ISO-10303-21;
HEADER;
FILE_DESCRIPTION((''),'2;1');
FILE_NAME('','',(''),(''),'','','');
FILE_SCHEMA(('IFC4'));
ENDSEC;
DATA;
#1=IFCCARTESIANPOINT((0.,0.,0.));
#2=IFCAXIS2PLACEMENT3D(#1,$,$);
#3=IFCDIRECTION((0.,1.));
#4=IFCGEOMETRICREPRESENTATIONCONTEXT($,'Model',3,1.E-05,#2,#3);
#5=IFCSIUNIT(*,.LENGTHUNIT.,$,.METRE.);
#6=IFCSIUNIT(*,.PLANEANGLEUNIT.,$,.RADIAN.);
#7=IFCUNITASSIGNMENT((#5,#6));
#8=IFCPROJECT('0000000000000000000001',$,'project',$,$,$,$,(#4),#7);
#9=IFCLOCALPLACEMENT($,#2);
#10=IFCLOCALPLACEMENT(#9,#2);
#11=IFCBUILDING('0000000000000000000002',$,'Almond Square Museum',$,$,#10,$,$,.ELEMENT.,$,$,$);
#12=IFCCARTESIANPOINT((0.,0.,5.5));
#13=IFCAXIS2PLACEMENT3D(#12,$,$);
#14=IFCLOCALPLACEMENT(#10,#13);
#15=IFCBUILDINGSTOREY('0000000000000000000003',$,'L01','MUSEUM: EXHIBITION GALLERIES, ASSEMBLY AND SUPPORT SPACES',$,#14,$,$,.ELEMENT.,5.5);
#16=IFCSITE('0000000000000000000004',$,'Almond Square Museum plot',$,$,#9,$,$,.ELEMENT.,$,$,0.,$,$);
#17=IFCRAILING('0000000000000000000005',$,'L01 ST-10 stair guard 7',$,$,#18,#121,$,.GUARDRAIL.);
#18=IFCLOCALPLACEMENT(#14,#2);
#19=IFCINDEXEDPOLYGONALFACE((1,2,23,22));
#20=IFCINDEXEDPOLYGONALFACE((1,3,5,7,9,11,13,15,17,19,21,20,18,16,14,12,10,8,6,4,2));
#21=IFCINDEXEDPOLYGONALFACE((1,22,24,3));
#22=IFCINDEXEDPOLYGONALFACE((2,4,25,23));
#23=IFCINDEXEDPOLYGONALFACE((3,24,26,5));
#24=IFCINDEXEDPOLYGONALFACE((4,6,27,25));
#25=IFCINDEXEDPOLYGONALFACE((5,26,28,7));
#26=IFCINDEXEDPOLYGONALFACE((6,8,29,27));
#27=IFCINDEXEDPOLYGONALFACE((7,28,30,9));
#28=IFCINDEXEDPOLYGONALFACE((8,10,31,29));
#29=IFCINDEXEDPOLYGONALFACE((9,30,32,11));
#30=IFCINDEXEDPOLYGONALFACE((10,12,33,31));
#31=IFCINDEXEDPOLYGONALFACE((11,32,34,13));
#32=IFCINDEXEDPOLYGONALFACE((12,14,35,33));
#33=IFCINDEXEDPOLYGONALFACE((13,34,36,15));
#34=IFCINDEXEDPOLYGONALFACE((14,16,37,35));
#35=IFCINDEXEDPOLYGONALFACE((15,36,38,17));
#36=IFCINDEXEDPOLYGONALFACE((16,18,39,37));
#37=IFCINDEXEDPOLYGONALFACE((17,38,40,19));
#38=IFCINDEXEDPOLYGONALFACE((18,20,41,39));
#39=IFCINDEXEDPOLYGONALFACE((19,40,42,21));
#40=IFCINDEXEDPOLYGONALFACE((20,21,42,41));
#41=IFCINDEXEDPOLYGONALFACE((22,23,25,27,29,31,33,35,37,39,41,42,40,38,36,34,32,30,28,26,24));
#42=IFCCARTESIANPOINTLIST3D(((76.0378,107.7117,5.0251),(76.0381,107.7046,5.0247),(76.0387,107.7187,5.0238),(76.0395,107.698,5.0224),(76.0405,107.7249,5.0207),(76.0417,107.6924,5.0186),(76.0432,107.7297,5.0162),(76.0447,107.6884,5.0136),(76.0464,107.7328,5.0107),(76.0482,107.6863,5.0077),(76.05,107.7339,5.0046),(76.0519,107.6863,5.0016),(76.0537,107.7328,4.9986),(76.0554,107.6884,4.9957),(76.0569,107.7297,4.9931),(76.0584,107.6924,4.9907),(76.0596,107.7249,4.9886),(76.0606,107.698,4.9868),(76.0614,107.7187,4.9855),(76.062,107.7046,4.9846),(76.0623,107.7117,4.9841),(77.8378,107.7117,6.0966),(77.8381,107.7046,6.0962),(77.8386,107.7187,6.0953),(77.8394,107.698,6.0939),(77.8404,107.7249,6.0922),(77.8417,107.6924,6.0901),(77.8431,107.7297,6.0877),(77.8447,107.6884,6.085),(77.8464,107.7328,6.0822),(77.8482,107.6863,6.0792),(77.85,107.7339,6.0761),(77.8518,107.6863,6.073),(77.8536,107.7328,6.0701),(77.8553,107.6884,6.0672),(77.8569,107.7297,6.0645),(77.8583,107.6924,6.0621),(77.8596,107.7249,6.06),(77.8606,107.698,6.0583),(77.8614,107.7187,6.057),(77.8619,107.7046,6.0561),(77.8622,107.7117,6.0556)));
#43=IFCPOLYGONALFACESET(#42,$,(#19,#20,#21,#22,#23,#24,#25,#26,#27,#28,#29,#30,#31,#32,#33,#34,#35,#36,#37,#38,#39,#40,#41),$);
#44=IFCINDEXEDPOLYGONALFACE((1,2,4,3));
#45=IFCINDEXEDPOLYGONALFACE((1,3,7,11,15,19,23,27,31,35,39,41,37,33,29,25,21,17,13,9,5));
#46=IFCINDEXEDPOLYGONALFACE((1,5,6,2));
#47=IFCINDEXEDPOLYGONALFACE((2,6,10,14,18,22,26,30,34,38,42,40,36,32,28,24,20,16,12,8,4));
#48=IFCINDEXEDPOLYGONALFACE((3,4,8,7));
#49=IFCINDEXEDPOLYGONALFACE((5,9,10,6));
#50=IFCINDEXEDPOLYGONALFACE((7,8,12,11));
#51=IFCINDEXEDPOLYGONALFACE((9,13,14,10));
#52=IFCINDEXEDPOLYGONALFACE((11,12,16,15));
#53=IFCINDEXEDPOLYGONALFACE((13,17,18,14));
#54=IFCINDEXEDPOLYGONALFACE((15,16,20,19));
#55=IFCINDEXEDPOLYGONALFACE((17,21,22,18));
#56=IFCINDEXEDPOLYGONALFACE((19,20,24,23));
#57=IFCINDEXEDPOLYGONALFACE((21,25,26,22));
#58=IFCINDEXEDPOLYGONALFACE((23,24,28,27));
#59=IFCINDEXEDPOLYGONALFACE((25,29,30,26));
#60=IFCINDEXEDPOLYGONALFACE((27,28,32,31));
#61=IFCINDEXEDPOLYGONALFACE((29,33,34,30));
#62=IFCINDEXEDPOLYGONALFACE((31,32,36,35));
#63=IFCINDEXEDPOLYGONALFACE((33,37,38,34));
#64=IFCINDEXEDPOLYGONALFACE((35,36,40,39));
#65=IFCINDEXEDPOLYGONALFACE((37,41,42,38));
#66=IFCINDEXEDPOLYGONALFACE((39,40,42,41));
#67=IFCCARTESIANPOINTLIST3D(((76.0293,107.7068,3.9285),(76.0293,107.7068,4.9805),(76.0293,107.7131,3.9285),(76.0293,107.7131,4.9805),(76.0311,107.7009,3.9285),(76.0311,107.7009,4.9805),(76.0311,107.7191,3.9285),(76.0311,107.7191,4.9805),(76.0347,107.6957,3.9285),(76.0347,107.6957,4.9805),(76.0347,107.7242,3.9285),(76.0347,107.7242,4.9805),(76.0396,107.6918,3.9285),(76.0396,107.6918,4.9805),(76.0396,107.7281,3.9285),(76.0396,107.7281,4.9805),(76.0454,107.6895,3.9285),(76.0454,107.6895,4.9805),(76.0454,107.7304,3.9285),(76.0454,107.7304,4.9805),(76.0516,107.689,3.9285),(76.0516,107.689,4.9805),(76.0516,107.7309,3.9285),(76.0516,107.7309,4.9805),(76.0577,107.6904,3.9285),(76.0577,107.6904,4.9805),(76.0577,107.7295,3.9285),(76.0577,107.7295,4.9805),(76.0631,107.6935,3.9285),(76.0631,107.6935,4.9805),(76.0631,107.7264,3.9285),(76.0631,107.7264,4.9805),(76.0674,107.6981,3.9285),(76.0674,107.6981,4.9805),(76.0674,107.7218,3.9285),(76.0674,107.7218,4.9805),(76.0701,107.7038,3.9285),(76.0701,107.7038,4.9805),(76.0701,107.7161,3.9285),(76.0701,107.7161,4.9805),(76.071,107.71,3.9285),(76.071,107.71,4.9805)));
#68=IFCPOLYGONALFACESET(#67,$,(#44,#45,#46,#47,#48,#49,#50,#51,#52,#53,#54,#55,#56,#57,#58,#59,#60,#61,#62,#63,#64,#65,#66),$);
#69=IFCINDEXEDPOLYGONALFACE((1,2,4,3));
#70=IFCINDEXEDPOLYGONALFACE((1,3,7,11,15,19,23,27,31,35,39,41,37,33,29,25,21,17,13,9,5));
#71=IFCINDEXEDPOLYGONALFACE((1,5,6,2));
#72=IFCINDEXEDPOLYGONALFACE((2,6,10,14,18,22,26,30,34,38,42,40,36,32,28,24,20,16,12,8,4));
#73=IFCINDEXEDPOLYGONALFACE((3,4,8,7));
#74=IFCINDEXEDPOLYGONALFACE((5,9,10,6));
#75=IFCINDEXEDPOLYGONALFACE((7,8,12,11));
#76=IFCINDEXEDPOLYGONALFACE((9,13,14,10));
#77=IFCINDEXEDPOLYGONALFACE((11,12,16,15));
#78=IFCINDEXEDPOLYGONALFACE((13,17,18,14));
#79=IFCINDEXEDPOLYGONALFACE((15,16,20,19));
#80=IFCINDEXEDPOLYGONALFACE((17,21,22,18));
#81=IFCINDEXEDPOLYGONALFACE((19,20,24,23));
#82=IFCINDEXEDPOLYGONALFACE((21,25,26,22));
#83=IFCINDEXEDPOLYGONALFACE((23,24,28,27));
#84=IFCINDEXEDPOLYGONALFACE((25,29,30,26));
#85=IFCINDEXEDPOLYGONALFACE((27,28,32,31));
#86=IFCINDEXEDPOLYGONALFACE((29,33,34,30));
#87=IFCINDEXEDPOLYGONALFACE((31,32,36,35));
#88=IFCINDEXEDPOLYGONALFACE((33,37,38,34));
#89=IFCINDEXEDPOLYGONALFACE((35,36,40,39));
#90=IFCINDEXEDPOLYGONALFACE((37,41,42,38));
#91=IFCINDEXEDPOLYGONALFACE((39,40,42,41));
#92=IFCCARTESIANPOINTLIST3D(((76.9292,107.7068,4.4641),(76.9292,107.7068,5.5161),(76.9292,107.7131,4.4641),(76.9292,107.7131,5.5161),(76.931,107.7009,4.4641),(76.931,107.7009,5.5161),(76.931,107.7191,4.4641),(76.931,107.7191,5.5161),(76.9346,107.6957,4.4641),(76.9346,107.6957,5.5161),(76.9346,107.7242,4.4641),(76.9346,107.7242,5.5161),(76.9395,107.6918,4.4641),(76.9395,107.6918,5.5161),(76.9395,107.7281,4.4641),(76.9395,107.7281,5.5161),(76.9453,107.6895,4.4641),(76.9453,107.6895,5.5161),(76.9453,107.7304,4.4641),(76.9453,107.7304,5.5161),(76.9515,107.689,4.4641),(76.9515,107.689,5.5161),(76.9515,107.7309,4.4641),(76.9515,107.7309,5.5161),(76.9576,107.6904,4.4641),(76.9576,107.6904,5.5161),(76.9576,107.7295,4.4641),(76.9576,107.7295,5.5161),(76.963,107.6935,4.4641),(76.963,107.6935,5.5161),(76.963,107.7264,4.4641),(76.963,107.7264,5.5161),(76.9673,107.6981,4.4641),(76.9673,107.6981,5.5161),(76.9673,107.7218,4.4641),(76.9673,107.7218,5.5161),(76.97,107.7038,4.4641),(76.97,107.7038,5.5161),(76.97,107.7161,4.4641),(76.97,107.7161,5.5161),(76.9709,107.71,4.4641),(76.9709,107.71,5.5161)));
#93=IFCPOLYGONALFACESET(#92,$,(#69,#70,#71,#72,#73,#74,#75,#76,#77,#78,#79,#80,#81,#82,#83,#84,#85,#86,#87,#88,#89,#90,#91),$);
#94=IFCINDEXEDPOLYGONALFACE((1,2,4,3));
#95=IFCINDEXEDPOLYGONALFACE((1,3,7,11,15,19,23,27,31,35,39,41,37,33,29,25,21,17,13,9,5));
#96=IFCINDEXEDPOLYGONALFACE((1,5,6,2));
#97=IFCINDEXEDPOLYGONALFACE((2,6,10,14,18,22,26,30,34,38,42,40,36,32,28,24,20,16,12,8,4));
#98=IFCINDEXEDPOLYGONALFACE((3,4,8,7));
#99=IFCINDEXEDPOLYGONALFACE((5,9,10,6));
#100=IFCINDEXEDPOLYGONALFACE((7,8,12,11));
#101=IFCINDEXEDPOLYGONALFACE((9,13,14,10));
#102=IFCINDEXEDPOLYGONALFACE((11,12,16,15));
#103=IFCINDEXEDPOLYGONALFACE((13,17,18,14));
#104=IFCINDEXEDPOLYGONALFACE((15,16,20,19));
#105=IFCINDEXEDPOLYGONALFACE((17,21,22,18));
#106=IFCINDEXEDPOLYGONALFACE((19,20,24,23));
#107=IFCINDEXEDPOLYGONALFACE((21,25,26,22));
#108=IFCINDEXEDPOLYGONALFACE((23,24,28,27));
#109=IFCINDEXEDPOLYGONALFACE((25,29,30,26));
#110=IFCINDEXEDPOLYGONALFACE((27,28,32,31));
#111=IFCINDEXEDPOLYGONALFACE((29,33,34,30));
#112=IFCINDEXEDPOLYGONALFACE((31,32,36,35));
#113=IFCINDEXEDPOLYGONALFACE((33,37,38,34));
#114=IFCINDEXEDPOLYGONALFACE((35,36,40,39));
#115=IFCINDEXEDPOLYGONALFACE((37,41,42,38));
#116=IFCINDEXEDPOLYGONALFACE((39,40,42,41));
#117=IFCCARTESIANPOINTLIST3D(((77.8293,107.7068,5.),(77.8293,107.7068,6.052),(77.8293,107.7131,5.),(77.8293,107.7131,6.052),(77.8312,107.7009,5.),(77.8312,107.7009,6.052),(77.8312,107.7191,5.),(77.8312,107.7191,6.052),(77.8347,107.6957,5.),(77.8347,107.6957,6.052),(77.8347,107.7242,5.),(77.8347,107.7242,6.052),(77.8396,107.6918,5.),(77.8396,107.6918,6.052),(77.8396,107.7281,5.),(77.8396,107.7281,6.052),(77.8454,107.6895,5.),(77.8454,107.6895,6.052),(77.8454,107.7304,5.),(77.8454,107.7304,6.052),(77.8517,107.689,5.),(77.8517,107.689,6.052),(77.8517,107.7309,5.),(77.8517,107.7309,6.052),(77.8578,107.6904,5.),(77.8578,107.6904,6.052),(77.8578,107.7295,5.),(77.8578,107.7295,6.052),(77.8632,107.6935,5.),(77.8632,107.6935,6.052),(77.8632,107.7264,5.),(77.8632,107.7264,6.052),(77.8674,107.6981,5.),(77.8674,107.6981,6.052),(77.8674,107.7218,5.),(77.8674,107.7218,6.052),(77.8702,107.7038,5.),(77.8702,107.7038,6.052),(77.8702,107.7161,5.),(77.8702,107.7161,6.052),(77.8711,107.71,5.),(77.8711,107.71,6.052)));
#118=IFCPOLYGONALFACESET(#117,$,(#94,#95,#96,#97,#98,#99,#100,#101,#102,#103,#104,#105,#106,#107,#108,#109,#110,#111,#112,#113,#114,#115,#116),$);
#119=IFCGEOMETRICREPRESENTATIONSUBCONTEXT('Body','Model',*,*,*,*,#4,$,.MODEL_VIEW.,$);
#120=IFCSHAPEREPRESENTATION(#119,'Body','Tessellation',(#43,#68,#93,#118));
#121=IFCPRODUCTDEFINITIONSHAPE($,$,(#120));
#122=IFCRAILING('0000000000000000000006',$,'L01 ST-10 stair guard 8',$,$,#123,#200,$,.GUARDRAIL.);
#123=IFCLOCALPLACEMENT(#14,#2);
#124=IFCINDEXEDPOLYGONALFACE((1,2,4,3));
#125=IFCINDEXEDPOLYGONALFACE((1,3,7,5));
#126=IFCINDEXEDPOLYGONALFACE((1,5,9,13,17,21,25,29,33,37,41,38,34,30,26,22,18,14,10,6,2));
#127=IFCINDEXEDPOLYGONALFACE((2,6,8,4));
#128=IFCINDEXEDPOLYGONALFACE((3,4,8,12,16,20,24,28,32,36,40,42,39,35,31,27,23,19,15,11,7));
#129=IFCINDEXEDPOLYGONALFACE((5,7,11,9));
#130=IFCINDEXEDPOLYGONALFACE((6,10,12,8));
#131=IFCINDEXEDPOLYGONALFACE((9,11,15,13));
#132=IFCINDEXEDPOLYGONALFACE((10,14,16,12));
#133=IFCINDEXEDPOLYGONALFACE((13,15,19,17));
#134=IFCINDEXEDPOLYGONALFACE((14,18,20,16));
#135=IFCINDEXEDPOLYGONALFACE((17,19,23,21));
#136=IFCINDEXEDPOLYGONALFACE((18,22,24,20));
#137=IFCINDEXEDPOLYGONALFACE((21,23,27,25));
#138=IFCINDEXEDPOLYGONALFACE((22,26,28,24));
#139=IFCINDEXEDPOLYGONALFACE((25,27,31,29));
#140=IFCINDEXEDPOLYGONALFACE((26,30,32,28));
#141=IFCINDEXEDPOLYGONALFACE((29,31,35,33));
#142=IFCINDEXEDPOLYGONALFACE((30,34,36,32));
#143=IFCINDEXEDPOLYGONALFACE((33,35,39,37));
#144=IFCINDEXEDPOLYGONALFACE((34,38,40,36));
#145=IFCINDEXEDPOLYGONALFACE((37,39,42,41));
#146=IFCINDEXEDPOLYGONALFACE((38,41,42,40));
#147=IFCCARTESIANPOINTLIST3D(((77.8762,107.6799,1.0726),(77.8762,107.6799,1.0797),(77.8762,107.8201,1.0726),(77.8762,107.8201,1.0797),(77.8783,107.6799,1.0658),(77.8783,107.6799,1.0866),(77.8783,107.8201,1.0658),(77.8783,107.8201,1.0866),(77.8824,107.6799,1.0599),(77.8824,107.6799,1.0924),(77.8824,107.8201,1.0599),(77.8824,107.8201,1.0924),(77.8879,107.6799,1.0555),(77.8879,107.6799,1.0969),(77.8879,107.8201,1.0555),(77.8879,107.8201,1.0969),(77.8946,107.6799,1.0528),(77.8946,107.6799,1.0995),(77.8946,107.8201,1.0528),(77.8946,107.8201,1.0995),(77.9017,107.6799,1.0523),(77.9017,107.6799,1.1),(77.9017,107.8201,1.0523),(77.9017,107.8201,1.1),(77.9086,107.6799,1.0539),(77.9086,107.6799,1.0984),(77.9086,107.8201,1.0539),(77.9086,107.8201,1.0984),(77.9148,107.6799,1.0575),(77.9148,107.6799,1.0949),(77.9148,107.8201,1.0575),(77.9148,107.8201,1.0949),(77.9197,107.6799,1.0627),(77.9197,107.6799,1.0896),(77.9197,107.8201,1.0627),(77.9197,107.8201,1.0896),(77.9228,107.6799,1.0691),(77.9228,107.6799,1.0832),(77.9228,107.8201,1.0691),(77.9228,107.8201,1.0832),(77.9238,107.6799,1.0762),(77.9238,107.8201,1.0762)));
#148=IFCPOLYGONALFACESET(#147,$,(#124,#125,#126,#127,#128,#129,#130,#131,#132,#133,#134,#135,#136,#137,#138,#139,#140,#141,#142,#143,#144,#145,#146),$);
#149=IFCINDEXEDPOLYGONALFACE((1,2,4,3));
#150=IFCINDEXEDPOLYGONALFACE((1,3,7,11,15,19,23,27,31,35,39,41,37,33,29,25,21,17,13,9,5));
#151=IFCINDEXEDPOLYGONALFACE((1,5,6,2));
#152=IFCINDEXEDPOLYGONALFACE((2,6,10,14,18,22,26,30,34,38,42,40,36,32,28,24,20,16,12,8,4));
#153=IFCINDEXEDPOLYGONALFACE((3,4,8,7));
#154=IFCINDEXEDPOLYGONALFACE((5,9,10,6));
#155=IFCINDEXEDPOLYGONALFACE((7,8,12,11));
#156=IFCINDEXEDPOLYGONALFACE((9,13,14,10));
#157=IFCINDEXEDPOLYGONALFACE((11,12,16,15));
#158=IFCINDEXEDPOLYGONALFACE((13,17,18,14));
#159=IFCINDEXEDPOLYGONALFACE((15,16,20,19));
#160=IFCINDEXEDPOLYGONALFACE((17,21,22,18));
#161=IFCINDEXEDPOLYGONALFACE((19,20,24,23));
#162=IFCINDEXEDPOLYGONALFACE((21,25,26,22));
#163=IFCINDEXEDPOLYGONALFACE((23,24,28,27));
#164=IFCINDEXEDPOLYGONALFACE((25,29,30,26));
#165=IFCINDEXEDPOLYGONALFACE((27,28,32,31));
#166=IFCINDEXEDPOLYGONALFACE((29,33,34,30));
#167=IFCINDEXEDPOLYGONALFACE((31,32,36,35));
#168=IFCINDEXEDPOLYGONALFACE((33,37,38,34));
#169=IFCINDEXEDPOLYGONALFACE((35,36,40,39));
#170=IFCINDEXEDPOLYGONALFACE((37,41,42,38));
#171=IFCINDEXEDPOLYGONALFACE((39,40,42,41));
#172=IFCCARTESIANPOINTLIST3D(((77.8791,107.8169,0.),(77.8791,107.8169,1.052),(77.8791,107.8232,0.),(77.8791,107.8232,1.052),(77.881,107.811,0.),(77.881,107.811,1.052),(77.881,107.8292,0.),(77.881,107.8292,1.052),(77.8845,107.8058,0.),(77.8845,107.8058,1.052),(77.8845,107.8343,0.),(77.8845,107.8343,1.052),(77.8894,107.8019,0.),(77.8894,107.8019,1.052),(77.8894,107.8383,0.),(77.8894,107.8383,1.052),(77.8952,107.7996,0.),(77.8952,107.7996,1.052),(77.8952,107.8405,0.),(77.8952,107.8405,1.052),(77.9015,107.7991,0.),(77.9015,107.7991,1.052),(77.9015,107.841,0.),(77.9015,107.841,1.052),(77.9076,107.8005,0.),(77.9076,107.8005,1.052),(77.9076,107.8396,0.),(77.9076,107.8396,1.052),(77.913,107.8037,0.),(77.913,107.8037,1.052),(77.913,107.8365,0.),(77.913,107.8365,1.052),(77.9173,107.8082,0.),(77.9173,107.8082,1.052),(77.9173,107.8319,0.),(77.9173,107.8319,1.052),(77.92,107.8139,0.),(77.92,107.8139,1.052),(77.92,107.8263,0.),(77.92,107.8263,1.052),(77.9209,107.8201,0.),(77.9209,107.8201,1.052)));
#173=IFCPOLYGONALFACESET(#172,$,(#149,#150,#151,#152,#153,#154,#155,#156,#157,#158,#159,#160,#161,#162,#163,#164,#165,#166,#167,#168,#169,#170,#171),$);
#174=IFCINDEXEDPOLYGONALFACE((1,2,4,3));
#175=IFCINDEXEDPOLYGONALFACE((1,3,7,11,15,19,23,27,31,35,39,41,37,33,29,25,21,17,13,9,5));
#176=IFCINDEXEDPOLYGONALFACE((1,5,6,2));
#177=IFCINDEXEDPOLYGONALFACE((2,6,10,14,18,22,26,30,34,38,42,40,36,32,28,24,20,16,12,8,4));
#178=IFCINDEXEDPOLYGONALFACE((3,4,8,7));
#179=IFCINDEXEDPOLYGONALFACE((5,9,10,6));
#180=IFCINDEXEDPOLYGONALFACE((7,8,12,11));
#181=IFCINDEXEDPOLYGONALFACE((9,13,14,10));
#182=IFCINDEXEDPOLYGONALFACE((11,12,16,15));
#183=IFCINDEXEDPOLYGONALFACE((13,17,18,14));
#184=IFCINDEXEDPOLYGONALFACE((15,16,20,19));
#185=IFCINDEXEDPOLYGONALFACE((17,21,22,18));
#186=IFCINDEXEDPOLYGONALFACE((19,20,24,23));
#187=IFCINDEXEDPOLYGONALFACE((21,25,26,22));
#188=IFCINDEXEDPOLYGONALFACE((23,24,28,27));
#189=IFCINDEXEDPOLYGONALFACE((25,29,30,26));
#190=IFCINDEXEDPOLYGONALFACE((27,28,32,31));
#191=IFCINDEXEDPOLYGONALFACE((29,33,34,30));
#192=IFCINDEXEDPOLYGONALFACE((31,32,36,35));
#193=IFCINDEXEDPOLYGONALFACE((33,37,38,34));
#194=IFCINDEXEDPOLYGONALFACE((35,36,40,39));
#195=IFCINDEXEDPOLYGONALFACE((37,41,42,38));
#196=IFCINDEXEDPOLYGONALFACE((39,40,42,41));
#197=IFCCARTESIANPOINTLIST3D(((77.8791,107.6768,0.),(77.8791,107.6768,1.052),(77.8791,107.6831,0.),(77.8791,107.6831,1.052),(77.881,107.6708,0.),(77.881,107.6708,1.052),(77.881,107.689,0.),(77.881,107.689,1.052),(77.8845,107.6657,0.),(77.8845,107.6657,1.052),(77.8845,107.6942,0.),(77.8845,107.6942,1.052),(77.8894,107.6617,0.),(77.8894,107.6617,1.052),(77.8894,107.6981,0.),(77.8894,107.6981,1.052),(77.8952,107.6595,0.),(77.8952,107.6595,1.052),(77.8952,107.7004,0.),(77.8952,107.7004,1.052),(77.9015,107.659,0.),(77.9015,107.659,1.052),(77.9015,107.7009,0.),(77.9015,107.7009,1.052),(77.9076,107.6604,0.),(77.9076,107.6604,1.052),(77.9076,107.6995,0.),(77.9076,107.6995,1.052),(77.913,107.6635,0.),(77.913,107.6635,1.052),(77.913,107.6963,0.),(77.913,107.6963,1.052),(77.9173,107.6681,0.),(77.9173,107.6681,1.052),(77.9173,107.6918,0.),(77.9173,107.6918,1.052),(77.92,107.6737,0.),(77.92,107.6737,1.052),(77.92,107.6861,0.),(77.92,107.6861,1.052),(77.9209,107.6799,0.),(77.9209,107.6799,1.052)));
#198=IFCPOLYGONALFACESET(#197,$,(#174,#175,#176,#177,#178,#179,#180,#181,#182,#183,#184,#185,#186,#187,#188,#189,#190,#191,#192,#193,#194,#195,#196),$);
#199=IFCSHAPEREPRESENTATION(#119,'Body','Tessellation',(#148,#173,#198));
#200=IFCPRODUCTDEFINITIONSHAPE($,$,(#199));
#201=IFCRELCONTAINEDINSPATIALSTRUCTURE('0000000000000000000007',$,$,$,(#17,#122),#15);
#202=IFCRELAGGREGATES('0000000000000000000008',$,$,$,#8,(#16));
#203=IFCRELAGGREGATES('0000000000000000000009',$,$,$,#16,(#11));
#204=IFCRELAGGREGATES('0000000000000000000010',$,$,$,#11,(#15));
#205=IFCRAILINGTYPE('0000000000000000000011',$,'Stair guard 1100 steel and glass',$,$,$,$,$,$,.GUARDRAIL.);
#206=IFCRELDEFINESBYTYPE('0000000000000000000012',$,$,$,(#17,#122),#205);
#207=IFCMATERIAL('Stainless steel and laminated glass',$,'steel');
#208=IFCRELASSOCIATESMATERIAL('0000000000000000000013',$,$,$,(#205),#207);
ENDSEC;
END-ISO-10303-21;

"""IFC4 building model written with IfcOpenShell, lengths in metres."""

from ifc_helpers import new_model, si_unit, direction, frame, origin, origin_2d, place, context, subcontext, project, spatial, circle, extrude, material, type_object, element, save


model = new_model("IFC4")

# Units and contexts
model_context = context("Model", 3, precision=1e-05, world=origin(), true_north=direction((0.0, 1.0)))
body_context = subcontext(model_context, "Body", "Model", "MODEL_VIEW")
ifc_project = project(units=[si_unit("LENGTHUNIT", "METRE"), si_unit("PLANEANGLEUNIT", "RADIAN")], contexts=[model_context])

# Site, building, storey
site_placement = place(None, origin())
site = spatial("IfcSite", under=ifc_project, at=site_placement, Name="Almond Square Museum plot", CompositionType="ELEMENT", RefElevation=0.0)
building_placement = place(site_placement, origin())
building = spatial("IfcBuilding", under=site, at=building_placement, Name="Almond Square Museum", CompositionType="ELEMENT")
storey_placement = place(building_placement, frame((0.0, 0.0, 5.5)))
storey = spatial("IfcBuildingStorey", under=building, at=storey_placement, Name="L01", Description="MUSEUM: EXHIBITION GALLERIES, ASSEMBLY AND SUPPORT SPACES", CompositionType="ELEMENT", Elevation=5.5)

# Railings
ifc_material_1 = material(Name="Stainless steel and laminated glass", Category="steel")
railing_type_1 = type_object("IfcRailingType", Name="Stair guard 1100 steel and glass", PredefinedType="GUARDRAIL", material=ifc_material_1)
railing_1_placement = place(storey_placement, frame((76.05, 107.71, 3.9285)))
element("IfcRailing", 1, at=railing_1_placement, inside=storey, type_object=railing_type_1, Name="L01 ST-10 stair guard 7", PredefinedType="GUARDRAIL", context=body_context, shape_type="SweptSolid", body=[
    extrude(circle(Radius=0.0239, at=origin_2d()), frame((0.0, 0.0, 1.0762), z_axis=(0.859277, 0.0, 0.51151), x_axis=(0.0, 1.0, 0.0)), (0.0, 0.0, 1.0), 2.0947),
    extrude(circle(Radius=0.021, at=origin_2d()), origin(), (0.0, 0.0, 1.0), 1.052),
    extrude(circle(Radius=0.021, at=origin_2d()), frame((0.8999, 0.0, 0.5356)), (0.0, 0.0, 1.0), 1.052),
    extrude(circle(Radius=0.021, at=origin_2d()), frame((1.8, 0.0, 1.0715)), (0.0, 0.0, 1.0), 1.052),
])
railing_2_placement = place(storey_placement, frame((77.8999, 107.8201, 0.0)))
element("IfcRailing", 2, at=railing_2_placement, inside=storey, type_object=railing_type_1, Name="L01 ST-10 stair guard 8", PredefinedType="GUARDRAIL", context=body_context, shape_type="SweptSolid", body=[
    extrude(circle(Radius=0.0239, at=origin_2d()), frame((0.0, 0.0, 1.0762), z_axis=(0.0, -1.0, 0.0), x_axis=(1.0, 0.0, 0.0)), (0.0, 0.0, 1.0), 0.1401),
    extrude(circle(Radius=0.021, at=origin_2d()), origin(), (0.0, 0.0, 1.0), 1.052),
    extrude(circle(Radius=0.021, at=origin_2d()), frame((0.0, -0.1401, 0.0)), (0.0, 0.0, 1.0), 1.052),
])

save(model, "model.ifc")
